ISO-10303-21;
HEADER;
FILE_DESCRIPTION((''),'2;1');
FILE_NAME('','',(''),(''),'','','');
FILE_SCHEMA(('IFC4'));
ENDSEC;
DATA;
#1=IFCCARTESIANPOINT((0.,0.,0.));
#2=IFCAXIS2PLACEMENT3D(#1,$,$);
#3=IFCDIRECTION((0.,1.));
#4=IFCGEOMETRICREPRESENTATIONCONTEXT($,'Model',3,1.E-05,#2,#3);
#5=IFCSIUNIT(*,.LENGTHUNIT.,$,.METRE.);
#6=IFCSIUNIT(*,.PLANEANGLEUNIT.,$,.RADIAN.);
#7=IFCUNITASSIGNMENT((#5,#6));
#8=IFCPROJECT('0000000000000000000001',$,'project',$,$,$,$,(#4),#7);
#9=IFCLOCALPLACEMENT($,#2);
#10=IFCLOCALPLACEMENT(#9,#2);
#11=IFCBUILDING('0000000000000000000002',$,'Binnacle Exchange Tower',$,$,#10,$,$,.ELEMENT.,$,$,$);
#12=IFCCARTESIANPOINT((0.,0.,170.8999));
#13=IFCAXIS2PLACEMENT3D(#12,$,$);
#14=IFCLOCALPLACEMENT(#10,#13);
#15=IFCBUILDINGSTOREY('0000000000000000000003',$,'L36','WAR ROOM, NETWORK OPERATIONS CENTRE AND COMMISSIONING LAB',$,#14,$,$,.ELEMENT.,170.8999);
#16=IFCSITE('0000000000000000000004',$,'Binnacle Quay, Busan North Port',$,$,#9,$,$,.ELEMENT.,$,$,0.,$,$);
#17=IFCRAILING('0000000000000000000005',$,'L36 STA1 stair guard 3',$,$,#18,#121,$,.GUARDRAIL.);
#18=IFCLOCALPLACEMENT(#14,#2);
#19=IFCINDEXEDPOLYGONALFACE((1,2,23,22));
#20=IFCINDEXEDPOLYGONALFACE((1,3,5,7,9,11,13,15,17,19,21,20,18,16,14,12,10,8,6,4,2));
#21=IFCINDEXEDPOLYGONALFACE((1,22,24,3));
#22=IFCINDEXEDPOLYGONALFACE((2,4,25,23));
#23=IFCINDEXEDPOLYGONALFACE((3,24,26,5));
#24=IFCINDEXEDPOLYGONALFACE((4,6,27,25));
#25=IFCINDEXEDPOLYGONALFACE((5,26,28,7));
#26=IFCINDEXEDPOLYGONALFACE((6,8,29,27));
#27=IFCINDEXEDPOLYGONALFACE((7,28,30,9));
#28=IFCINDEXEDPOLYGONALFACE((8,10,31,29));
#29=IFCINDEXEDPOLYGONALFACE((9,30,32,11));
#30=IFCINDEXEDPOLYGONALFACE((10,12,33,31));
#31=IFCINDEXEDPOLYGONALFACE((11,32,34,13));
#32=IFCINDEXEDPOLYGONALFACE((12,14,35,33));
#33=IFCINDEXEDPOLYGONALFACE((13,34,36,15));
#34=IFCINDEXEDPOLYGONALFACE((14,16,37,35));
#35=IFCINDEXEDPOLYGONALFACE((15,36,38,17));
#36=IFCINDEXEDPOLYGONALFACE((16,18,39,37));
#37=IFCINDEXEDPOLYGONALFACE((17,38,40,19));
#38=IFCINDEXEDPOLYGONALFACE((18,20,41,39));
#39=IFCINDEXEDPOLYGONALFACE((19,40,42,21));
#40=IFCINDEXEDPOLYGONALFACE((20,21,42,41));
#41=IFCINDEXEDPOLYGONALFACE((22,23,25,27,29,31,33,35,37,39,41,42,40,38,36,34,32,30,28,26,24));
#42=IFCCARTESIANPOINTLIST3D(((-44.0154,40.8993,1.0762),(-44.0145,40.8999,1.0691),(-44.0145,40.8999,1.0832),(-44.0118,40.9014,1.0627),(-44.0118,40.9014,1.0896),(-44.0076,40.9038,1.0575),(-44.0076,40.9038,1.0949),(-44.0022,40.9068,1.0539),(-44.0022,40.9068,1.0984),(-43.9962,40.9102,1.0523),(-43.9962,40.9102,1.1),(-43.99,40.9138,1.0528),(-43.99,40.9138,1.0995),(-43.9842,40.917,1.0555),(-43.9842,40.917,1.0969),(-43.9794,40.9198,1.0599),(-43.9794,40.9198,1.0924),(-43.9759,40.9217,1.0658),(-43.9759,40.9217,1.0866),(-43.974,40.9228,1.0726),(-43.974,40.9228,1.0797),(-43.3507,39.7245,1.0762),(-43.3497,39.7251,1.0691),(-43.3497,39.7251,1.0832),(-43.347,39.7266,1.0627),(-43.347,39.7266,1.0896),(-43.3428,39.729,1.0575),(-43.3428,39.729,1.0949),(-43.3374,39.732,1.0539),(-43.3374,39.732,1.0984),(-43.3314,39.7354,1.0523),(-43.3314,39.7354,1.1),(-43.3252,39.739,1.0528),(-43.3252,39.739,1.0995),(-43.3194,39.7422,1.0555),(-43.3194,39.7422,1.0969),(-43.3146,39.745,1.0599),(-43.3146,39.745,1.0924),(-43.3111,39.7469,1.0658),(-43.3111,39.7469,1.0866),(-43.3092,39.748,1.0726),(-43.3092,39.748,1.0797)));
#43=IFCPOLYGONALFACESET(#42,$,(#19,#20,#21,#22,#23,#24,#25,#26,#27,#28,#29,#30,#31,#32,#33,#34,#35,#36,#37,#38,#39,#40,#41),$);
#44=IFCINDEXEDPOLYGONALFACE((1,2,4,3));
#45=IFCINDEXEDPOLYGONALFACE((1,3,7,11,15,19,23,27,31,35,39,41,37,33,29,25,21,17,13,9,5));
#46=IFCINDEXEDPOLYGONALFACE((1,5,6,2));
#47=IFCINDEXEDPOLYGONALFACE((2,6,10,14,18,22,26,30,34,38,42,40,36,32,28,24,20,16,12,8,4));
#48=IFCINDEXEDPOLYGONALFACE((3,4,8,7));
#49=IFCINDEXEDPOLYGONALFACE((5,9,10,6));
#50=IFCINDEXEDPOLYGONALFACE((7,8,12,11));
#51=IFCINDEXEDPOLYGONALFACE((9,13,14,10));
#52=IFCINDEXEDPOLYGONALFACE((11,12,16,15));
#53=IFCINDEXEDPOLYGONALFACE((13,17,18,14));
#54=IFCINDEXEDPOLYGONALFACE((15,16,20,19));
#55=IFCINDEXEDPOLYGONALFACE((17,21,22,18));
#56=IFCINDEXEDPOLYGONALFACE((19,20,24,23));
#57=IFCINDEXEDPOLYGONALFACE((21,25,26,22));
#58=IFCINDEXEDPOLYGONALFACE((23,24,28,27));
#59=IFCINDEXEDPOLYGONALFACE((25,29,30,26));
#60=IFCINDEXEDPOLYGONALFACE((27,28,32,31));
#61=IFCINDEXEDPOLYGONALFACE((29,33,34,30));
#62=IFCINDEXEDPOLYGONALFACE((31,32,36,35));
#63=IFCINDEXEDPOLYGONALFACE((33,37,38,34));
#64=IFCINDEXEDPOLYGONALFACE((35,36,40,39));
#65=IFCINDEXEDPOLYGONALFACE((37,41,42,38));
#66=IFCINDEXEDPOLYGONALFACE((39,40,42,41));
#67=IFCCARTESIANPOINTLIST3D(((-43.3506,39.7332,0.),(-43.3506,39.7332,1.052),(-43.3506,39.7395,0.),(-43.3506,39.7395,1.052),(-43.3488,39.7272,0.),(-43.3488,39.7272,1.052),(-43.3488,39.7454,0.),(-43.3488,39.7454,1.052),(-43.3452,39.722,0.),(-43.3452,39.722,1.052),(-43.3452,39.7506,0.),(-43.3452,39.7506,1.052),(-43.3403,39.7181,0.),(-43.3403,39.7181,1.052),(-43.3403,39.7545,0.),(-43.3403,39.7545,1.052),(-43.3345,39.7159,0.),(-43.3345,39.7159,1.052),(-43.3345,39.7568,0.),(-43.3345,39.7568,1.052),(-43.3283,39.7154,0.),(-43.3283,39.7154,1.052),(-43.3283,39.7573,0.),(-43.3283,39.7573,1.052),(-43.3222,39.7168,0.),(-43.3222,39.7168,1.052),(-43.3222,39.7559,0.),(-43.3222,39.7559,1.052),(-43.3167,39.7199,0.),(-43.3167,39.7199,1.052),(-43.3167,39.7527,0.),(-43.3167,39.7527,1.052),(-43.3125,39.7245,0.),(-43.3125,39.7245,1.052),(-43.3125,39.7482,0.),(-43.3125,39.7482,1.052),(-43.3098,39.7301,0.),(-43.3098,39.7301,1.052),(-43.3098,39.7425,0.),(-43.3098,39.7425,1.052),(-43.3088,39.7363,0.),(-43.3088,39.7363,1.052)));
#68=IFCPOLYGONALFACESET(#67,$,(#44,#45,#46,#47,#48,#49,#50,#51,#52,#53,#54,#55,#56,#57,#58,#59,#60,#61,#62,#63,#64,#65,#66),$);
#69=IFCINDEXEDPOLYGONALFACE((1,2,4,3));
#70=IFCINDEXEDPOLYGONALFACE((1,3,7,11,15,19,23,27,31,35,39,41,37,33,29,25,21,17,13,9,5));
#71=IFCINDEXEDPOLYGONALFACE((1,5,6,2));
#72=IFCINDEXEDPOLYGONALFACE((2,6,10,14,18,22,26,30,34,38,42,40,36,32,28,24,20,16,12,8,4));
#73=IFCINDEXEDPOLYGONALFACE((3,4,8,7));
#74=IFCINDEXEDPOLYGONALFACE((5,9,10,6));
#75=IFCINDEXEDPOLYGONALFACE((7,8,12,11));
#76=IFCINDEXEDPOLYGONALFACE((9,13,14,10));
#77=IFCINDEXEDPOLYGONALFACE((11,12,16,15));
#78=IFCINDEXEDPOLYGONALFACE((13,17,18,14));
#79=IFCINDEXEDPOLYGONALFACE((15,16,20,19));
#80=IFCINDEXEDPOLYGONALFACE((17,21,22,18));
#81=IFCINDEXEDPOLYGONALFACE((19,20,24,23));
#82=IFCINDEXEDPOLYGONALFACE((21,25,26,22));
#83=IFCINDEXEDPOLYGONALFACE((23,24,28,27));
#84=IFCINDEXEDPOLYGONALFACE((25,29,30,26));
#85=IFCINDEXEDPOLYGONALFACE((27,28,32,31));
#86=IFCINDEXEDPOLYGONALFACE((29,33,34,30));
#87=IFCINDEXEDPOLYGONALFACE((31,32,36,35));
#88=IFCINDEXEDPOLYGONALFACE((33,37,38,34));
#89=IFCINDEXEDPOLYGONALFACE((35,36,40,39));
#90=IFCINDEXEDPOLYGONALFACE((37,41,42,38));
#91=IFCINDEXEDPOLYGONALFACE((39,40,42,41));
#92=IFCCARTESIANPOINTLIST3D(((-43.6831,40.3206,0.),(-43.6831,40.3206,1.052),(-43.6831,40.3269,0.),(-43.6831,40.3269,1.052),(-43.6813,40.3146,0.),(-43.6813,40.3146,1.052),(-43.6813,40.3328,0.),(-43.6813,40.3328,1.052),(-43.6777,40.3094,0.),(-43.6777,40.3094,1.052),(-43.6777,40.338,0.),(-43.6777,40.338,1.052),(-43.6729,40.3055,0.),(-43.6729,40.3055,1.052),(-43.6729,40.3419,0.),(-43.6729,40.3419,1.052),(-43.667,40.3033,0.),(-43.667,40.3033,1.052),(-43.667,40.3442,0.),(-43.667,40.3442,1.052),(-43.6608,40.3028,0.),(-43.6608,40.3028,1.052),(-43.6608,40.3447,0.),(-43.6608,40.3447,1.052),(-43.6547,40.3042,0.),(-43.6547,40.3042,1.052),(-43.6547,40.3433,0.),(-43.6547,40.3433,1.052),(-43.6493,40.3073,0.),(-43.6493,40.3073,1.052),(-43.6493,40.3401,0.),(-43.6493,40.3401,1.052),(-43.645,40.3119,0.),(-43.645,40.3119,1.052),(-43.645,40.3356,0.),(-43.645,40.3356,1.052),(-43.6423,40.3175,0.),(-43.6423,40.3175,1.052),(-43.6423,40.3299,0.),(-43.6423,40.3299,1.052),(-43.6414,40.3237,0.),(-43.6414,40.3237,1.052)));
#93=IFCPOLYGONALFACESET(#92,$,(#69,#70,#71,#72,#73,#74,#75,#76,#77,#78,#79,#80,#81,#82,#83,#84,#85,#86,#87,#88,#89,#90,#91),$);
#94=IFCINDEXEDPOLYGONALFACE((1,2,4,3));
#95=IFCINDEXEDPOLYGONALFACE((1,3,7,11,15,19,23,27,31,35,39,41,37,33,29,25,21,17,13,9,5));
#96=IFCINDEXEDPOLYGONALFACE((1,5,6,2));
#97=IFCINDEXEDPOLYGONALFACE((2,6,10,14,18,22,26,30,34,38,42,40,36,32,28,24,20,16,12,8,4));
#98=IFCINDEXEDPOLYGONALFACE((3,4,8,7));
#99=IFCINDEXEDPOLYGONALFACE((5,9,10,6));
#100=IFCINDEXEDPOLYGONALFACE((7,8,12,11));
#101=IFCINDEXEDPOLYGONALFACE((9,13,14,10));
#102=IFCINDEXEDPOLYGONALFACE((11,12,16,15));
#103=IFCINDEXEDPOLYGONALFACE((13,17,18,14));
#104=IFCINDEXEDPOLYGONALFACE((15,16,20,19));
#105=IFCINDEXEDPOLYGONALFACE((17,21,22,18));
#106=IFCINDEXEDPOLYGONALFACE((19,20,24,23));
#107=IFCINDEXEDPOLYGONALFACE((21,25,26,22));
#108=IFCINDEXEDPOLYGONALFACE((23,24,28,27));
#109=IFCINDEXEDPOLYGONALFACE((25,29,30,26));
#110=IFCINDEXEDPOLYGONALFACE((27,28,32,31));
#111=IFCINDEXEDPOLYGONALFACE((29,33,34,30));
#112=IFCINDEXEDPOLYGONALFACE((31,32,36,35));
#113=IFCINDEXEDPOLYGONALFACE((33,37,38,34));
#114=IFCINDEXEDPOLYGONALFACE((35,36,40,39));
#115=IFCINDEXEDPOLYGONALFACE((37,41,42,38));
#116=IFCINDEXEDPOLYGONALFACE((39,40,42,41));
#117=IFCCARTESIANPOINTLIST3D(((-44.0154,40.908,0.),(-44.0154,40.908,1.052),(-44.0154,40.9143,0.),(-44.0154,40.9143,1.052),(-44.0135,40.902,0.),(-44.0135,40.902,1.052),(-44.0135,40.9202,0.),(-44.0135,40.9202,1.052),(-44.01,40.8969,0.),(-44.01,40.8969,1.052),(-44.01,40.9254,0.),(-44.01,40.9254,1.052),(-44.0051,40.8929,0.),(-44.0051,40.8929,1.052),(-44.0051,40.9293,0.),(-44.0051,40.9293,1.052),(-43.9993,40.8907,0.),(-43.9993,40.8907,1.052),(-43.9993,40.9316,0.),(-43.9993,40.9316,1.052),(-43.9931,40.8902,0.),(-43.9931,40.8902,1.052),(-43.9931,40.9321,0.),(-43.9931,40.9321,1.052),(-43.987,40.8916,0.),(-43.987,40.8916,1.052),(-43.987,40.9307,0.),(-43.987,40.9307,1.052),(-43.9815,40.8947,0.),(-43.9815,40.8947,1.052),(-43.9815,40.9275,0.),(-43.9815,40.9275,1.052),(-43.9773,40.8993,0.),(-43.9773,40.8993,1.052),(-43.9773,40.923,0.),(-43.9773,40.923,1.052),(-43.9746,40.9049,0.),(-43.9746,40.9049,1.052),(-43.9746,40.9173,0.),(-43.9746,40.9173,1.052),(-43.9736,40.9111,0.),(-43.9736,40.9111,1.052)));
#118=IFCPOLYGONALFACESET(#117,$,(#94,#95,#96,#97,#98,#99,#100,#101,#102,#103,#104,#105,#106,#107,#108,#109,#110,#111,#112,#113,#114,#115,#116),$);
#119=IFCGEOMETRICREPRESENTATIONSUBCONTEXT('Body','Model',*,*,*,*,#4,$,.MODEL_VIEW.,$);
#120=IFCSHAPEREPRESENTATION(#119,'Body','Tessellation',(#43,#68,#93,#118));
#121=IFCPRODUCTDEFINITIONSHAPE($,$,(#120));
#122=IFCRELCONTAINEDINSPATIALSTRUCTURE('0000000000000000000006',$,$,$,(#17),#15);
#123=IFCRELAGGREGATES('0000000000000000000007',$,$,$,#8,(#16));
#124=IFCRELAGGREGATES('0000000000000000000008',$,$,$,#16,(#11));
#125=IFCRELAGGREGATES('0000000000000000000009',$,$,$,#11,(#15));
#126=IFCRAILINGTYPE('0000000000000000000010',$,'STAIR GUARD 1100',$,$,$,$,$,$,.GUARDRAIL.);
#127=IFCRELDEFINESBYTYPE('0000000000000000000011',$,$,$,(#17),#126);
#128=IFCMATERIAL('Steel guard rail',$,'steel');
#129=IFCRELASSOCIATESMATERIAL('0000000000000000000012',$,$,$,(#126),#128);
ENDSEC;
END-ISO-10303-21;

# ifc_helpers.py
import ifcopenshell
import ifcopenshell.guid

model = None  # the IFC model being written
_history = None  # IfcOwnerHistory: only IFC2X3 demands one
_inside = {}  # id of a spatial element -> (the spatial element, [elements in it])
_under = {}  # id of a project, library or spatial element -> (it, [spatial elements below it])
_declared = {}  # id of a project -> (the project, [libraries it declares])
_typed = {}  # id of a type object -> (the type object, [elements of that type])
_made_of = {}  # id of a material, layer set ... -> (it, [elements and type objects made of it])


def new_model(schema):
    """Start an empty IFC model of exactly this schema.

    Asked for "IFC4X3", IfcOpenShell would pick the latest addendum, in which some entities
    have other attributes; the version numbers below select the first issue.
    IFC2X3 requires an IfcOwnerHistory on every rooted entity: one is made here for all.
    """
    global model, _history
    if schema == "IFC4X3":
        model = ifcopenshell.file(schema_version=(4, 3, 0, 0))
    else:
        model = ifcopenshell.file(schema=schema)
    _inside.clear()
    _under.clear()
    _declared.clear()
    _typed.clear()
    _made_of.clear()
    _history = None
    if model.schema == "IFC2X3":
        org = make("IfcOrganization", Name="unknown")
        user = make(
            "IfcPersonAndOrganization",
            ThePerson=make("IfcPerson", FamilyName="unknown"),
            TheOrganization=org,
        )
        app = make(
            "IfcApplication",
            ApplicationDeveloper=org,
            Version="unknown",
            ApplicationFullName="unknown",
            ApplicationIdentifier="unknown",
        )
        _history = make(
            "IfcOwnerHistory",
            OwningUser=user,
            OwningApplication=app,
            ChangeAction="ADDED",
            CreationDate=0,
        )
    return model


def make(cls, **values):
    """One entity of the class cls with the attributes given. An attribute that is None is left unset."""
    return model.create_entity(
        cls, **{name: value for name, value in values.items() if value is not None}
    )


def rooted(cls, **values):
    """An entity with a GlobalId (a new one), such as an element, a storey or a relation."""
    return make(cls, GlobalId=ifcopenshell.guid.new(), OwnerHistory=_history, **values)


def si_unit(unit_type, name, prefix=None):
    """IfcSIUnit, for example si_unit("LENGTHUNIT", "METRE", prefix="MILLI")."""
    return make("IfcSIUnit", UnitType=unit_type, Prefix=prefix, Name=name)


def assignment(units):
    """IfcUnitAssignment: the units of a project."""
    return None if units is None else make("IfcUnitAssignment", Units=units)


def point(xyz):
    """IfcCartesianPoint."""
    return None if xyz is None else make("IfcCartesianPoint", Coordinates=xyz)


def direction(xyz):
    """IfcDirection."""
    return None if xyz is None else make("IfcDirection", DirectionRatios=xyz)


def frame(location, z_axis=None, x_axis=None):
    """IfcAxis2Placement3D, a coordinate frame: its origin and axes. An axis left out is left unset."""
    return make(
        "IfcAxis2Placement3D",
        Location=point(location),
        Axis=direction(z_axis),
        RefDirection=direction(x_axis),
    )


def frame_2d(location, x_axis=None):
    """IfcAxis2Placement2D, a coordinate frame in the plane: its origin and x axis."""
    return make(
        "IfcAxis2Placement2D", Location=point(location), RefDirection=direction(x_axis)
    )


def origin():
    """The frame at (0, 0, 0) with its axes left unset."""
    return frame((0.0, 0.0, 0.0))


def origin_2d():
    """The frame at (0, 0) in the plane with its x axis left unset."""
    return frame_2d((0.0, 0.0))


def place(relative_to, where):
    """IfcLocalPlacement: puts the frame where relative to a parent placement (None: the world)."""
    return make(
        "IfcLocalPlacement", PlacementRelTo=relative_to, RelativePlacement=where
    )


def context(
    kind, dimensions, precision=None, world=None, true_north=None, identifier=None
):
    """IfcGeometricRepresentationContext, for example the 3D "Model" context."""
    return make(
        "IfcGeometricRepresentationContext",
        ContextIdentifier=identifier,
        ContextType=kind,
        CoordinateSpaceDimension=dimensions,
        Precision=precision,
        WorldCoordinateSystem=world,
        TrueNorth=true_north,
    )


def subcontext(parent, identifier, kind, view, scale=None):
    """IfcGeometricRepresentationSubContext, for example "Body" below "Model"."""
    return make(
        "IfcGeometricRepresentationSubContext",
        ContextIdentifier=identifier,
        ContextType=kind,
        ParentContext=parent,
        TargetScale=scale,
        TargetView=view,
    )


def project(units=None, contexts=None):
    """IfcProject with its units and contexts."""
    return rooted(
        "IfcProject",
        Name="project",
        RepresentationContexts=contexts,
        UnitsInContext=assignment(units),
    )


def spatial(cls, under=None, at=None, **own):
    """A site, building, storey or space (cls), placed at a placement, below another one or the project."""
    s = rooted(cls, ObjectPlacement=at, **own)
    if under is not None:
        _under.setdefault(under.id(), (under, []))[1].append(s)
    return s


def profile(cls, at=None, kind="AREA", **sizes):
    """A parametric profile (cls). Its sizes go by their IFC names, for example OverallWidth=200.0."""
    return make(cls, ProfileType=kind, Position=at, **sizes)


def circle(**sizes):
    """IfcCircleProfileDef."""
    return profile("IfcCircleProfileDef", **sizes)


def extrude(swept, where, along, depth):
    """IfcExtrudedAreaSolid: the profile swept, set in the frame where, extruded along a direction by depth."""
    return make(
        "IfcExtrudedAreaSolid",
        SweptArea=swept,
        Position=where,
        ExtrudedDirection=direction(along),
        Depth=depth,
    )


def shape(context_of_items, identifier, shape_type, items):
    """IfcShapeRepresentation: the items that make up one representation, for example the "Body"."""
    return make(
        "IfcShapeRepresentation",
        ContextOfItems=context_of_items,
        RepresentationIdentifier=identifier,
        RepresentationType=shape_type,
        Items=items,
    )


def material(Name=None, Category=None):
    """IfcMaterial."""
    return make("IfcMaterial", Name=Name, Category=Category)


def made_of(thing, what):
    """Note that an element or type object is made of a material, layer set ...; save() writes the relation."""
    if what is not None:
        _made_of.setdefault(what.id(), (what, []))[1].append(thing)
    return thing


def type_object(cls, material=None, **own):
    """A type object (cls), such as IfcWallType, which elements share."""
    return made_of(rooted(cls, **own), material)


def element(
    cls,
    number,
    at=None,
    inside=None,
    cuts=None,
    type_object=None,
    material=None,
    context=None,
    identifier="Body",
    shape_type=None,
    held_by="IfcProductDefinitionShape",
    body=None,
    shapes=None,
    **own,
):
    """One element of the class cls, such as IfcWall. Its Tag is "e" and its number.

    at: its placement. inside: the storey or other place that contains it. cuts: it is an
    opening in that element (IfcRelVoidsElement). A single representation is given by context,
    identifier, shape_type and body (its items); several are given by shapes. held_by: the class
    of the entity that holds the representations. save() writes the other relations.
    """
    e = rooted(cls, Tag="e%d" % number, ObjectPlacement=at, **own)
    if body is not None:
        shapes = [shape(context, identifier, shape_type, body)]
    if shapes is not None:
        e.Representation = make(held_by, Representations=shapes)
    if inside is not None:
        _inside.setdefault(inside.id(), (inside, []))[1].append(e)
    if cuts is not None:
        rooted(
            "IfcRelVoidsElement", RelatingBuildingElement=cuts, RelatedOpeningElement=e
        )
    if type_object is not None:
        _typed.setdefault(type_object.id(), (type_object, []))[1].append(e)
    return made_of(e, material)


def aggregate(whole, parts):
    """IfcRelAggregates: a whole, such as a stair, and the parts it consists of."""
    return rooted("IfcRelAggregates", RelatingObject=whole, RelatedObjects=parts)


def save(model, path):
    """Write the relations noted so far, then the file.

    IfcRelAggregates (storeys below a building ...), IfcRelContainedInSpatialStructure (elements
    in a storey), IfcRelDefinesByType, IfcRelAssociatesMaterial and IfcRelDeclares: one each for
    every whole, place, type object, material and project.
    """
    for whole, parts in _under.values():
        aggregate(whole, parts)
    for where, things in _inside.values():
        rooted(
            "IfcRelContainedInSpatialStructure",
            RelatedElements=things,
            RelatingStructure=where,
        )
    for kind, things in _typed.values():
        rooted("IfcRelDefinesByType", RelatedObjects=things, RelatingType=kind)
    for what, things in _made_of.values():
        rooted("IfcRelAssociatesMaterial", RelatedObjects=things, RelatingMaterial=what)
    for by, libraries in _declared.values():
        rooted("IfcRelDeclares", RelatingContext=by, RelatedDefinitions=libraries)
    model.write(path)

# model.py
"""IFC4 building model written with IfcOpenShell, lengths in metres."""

from ifc_helpers import new_model, si_unit, direction, frame, origin, origin_2d, place, context, subcontext, project, spatial, circle, extrude, material, type_object, element, save


model = new_model("IFC4")

# Units and contexts
model_context = context("Model", 3, precision=1e-05, world=origin(), true_north=direction((0.0, 1.0)))
body_context = subcontext(model_context, "Body", "Model", "MODEL_VIEW")
ifc_project = project(units=[si_unit("LENGTHUNIT", "METRE"), si_unit("PLANEANGLEUNIT", "RADIAN")], contexts=[model_context])

# Site, building, storey
site_placement = place(None, origin())
site = spatial("IfcSite", under=ifc_project, at=site_placement, Name="Binnacle Quay, Busan North Port", CompositionType="ELEMENT", RefElevation=0.0)
building_placement = place(site_placement, origin())
building = spatial("IfcBuilding", under=site, at=building_placement, Name="Binnacle Exchange Tower", CompositionType="ELEMENT")
storey_placement = place(building_placement, frame((0.0, 0.0, 170.8999)))
storey = spatial("IfcBuildingStorey", under=building, at=storey_placement, Name="L36", Description="WAR ROOM, NETWORK OPERATIONS CENTRE AND COMMISSIONING LAB", CompositionType="ELEMENT", Elevation=170.8999)

# Railing
ifc_material_1 = material(Name="Steel guard rail", Category="steel")
railing_type_1 = type_object("IfcRailingType", Name="STAIR GUARD 1100", PredefinedType="GUARDRAIL", material=ifc_material_1)
railing_1_placement = place(storey_placement, frame((-43.3298, 39.7363, 0.0)))
element("IfcRailing", 1, at=railing_1_placement, inside=storey, type_object=railing_type_1, Name="L36 STA1 stair guard 3", PredefinedType="GUARDRAIL", context=body_context, shape_type="SweptSolid", body=[
    extrude(circle(Radius=0.0239, at=origin_2d()), frame((0.0, 0.0, 1.0762), z_axis=(-0.492492, 0.870317, 0.0), x_axis=(-0.870317, -0.492492, 0.0)), (0.0, 0.0, 1.0), 1.3499),
    extrude(circle(Radius=0.021, at=origin_2d()), origin(), (0.0, 0.0, 1.0), 1.052),
    extrude(circle(Radius=0.021, at=origin_2d()), frame((-0.3325, 0.5874, 0.0)), (0.0, 0.0, 1.0), 1.052),
    extrude(circle(Radius=0.021, at=origin_2d()), frame((-0.6648, 1.1748, 0.0)), (0.0, 0.0, 1.0), 1.052),
])

save(model, "model.ifc")
